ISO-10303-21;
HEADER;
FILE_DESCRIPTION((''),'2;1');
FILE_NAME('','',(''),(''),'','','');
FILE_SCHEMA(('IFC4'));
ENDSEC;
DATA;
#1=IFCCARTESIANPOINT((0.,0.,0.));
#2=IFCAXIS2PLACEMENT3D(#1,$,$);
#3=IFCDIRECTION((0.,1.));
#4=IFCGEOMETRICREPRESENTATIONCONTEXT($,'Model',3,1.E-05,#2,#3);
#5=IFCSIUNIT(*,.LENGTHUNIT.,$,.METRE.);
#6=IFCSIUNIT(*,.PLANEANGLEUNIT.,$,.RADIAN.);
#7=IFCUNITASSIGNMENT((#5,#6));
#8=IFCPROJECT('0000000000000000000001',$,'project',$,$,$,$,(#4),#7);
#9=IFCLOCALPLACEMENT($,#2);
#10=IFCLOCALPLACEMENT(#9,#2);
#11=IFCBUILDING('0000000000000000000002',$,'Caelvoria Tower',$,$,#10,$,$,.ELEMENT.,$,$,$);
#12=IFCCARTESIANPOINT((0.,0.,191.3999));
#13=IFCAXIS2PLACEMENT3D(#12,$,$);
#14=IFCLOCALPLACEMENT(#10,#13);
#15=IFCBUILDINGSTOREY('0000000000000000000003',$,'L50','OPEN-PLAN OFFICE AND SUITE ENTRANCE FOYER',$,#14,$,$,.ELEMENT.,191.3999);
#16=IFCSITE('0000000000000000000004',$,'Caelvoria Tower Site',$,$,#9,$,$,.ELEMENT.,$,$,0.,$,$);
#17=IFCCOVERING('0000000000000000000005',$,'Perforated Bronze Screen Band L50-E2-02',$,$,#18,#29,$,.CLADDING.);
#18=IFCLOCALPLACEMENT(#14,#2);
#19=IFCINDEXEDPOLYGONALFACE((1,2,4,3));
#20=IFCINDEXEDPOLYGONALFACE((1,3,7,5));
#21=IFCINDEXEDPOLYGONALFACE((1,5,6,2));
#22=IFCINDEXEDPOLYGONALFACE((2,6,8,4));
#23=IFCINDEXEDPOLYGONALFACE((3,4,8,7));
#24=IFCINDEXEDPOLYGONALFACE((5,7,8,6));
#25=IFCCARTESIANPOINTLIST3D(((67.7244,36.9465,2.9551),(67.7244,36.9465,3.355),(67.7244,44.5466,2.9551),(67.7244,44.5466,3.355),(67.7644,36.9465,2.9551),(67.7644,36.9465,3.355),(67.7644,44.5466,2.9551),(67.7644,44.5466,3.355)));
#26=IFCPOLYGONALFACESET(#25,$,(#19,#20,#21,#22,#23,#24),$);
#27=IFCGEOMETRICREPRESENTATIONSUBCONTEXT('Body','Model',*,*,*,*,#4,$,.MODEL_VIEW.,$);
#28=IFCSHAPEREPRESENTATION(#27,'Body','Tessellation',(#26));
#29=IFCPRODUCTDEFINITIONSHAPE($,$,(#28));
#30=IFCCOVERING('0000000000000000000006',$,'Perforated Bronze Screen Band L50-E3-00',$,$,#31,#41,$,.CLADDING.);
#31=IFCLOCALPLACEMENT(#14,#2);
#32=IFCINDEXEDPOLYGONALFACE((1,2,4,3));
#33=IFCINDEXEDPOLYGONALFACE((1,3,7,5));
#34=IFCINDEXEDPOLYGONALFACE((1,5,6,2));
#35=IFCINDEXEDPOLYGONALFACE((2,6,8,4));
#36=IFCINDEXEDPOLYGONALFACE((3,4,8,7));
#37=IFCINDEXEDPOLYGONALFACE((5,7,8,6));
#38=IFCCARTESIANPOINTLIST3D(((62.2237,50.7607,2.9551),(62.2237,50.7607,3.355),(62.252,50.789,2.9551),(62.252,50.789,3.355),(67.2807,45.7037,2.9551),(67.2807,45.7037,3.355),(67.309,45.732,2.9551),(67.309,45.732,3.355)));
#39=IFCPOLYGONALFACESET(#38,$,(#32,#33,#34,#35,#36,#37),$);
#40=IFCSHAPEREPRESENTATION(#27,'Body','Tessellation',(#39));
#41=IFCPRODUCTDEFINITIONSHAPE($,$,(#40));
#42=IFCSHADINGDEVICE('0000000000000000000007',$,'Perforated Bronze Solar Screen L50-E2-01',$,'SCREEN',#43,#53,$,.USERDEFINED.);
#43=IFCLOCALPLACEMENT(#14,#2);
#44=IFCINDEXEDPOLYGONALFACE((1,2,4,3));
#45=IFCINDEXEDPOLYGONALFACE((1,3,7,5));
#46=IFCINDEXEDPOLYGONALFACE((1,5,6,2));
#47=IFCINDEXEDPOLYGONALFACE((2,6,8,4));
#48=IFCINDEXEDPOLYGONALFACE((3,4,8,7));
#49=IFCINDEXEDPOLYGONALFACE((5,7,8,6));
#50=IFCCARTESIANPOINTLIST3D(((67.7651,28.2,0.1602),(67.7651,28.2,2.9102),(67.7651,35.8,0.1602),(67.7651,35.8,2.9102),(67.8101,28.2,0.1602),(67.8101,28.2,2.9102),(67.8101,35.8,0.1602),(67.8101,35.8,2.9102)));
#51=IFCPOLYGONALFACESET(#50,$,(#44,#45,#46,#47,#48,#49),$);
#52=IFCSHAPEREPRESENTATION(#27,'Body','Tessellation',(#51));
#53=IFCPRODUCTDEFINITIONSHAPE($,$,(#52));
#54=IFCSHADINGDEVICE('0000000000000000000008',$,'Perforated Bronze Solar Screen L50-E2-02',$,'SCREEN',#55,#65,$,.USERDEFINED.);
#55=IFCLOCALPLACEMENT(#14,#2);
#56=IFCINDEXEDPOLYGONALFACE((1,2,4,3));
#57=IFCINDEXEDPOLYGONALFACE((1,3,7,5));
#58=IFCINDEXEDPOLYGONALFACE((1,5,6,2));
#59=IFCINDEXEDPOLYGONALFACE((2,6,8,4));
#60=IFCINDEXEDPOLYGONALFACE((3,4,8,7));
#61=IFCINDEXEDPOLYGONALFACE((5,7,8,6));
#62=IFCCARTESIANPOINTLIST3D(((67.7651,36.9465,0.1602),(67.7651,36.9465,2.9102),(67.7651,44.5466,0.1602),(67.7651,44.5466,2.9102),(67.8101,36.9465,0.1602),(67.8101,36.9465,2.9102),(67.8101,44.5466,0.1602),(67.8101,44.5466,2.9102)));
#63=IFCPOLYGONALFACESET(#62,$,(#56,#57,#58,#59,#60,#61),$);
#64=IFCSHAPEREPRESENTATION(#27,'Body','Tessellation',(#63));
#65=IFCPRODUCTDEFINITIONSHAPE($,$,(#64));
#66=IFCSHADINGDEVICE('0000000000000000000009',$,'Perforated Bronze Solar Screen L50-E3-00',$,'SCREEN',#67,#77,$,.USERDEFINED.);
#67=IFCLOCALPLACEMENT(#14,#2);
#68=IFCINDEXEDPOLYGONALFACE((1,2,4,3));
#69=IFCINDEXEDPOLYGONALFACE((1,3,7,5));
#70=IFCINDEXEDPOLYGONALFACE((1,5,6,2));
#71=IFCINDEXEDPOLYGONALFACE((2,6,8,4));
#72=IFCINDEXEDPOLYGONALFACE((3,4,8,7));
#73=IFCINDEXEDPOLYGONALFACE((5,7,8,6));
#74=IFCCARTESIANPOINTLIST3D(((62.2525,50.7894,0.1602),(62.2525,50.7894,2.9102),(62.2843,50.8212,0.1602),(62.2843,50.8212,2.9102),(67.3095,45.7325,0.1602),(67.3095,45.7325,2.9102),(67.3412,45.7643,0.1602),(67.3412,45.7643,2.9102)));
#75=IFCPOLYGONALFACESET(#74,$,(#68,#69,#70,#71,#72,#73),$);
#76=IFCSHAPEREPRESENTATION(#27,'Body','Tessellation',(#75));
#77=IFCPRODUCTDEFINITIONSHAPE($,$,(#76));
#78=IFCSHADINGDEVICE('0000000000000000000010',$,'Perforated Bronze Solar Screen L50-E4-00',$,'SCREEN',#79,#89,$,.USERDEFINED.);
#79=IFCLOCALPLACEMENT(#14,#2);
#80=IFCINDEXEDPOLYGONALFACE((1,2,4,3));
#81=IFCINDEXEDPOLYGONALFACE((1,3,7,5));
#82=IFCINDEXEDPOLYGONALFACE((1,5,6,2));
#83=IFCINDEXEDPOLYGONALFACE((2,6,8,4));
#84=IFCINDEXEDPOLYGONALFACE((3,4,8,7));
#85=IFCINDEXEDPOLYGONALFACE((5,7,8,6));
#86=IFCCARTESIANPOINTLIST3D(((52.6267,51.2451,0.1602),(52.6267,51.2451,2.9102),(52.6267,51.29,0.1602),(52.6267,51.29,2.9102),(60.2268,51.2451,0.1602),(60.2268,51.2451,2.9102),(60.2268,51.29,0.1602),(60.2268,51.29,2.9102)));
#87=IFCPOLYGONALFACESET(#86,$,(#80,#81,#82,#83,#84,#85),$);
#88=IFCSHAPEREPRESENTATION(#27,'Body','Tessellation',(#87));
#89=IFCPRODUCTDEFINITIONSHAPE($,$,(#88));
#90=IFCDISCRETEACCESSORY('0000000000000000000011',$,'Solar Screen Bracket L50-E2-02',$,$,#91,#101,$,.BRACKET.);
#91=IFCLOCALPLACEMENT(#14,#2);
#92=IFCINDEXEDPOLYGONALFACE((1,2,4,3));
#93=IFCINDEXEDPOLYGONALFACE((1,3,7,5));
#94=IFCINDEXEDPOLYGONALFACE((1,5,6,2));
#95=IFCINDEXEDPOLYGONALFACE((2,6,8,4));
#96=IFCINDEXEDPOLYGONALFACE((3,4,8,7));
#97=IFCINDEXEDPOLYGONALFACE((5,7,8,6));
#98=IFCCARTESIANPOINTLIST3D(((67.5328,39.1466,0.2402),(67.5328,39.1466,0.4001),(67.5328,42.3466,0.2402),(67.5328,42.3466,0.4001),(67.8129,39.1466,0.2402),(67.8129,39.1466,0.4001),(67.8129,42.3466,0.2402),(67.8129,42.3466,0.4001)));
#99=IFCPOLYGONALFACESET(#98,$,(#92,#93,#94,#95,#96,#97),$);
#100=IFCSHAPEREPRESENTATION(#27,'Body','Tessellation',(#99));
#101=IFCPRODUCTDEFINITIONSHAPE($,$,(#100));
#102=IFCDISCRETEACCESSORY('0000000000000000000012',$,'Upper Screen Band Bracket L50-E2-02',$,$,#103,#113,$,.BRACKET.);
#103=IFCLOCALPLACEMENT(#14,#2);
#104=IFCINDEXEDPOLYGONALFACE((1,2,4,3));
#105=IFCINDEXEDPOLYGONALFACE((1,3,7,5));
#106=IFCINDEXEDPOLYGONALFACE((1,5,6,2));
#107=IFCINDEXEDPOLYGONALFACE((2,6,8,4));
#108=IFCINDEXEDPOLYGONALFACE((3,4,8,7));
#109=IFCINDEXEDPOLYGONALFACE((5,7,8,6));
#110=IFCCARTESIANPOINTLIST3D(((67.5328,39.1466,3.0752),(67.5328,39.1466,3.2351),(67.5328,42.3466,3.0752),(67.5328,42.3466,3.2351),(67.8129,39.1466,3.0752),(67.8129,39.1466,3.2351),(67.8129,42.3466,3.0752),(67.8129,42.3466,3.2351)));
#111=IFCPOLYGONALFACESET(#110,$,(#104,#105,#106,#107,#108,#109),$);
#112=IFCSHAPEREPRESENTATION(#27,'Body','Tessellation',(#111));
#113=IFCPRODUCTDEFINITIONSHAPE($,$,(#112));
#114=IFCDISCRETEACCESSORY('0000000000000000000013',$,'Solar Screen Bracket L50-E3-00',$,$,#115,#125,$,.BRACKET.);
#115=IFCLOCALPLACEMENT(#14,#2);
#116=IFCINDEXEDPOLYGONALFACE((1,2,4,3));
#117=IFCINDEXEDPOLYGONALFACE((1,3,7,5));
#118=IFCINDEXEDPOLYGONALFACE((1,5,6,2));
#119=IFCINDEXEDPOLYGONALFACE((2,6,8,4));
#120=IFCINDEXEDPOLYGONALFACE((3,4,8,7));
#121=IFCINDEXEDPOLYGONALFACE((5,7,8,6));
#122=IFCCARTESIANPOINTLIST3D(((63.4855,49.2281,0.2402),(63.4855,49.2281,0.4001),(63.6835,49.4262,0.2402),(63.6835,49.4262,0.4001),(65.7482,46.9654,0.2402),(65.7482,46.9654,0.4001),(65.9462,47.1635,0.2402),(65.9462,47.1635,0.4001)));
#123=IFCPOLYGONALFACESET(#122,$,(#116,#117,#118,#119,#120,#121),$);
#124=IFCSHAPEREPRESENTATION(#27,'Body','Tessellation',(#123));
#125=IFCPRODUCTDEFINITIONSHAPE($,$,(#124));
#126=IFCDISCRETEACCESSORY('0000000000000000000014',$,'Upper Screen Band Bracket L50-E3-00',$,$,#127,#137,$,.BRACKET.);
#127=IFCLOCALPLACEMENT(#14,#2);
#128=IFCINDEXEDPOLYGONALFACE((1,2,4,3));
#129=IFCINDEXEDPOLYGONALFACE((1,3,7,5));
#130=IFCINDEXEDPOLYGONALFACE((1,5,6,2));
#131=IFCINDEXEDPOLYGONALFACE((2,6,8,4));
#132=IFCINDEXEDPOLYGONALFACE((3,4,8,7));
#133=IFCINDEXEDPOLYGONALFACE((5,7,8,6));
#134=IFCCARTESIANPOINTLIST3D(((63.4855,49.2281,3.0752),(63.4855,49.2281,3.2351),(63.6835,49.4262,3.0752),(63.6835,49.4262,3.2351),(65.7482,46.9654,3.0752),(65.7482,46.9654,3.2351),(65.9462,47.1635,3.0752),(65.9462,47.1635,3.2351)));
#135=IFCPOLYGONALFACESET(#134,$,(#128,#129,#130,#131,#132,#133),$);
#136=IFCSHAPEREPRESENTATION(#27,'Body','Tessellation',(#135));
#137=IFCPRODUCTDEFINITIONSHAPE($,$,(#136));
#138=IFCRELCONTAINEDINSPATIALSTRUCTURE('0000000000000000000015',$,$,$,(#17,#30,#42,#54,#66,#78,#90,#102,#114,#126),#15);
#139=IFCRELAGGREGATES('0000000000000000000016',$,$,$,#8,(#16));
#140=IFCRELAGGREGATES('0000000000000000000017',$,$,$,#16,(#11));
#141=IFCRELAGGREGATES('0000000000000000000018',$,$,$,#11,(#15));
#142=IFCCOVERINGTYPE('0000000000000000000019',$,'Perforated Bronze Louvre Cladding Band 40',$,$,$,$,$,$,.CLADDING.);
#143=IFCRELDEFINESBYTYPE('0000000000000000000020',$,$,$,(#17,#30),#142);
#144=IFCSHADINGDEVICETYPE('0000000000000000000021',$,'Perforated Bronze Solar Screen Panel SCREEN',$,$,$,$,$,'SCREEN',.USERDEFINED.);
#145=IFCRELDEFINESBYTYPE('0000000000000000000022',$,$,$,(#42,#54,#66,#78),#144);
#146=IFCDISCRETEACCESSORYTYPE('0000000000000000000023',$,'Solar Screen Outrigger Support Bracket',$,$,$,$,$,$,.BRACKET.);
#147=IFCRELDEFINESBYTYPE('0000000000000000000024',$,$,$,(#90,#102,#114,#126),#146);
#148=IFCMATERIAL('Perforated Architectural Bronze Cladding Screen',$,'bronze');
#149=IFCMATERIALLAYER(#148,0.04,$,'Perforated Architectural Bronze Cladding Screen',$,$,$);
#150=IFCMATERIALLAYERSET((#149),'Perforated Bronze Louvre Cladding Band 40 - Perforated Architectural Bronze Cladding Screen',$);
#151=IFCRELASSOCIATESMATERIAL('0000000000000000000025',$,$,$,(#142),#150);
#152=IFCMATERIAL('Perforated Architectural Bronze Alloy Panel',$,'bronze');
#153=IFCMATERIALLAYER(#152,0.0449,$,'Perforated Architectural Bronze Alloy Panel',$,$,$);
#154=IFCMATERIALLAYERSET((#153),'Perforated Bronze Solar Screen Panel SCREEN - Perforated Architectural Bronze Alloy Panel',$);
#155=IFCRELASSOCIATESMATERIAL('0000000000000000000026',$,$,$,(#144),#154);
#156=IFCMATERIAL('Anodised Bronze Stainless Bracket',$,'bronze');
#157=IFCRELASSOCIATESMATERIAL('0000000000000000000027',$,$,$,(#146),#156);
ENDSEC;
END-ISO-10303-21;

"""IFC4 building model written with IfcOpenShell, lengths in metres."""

from ifc_helpers import new_model, si_unit, direction, frame, origin, origin_2d, place, context, subcontext, project, spatial, rectangle, extrude, material, layer, layer_set, type_object, element, save


model = new_model("IFC4")

# Units and contexts
model_context = context("Model", 3, precision=1e-05, world=origin(), true_north=direction((0.0, 1.0)))
body_context = subcontext(model_context, "Body", "Model", "MODEL_VIEW")
ifc_project = project(units=[si_unit("LENGTHUNIT", "METRE"), si_unit("PLANEANGLEUNIT", "RADIAN")], contexts=[model_context])

# Site, building, storey
site_placement = place(None, origin())
site = spatial("IfcSite", under=ifc_project, at=site_placement, Name="Caelvoria Tower Site", CompositionType="ELEMENT", RefElevation=0.0)
building_placement = place(site_placement, origin())
building = spatial("IfcBuilding", under=site, at=building_placement, Name="Caelvoria Tower", CompositionType="ELEMENT")
storey_placement = place(building_placement, frame((0.0, 0.0, 191.3999)))
storey = spatial("IfcBuildingStorey", under=building, at=storey_placement, Name="L50", Description="OPEN-PLAN OFFICE AND SUITE ENTRANCE FOYER", CompositionType="ELEMENT", Elevation=191.3999)

# Coverings
ifc_material_1 = material(Name="Perforated Architectural Bronze Cladding Screen", Category="bronze")
ifc_layer_1 = layer(ifc_material_1, 0.04, Name="Perforated Architectural Bronze Cladding Screen")
ifc_layer_set_1 = layer_set([ifc_layer_1], Name="Perforated Bronze Louvre Cladding Band 40 - Perforated Architectural Bronze Cladding Screen")
covering_type = type_object("IfcCoveringType", Name="Perforated Bronze Louvre Cladding Band 40", PredefinedType="CLADDING", material=ifc_layer_set_1)
covering_1_placement = place(storey_placement, frame((67.7444, 40.7466, 2.9551), z_axis=(0.0, 0.0, 1.0), x_axis=(0.0, 1.0, 0.0)))
element("IfcCovering", 1, at=covering_1_placement, inside=storey, type_object=covering_type, Name="Perforated Bronze Screen Band L50-E2-02", PredefinedType="CLADDING", context=body_context, shape_type="SweptSolid", body=[
    extrude(rectangle(XDim=7.6001, YDim=0.04, at=origin_2d()), origin(), (0.0, 0.0, 1.0), 0.3999),
])
covering_2_placement = place(storey_placement, frame((64.7664, 48.2463, 2.9551), z_axis=(0.0, 0.0, 1.0), x_axis=(-0.707107, 0.707107, 0.0)))
element("IfcCovering", 2, at=covering_2_placement, inside=storey, type_object=covering_type, Name="Perforated Bronze Screen Band L50-E3-00", PredefinedType="CLADDING", context=body_context, shape_type="SweptSolid", body=[
    extrude(rectangle(XDim=7.1516, YDim=0.04, at=origin_2d()), origin(), (0.0, 0.0, 1.0), 0.3999),
])

# Shading devices
ifc_material_2 = material(Name="Perforated Architectural Bronze Alloy Panel", Category="bronze")
ifc_layer_2 = layer(ifc_material_2, 0.0449, Name="Perforated Architectural Bronze Alloy Panel")
ifc_layer_set_2 = layer_set([ifc_layer_2], Name="Perforated Bronze Solar Screen Panel SCREEN - Perforated Architectural Bronze Alloy Panel")
shading_device_type = type_object("IfcShadingDeviceType", Name="Perforated Bronze Solar Screen Panel SCREEN", ElementType="SCREEN", PredefinedType="USERDEFINED", material=ifc_layer_set_2)
for number, where, z_axis, x_axis, name in (
    (3, (67.7876, 32.0, 0.1602), (0.0, 0.0, 1.0), (0.0, 1.0, 0.0), "Perforated Bronze Solar Screen L50-E2-01"),
    (4, (67.7876, 40.7466, 0.1602), (0.0, 0.0, 1.0), (0.0, 1.0, 0.0), "Perforated Bronze Solar Screen L50-E2-02"),
):
    element("IfcShadingDevice", number, at=place(storey_placement, frame(where, z_axis=z_axis, x_axis=x_axis)), inside=storey, type_object=shading_device_type, Name=name, ObjectType="SCREEN", PredefinedType="USERDEFINED", context=body_context, shape_type="SweptSolid", body=[
        extrude(rectangle(XDim=7.6001, YDim=0.0449, at=origin_2d()), origin(), (0.0, 0.0, 1.0), 2.75),
    ])
shading_device_1_placement = place(storey_placement, frame((64.7969, 48.2769, 0.1602), z_axis=(0.0, 0.0, 1.0), x_axis=(-0.707107, 0.707107, 0.0)))
element("IfcShadingDevice", 5, at=shading_device_1_placement, inside=storey, type_object=shading_device_type, Name="Perforated Bronze Solar Screen L50-E3-00", ObjectType="SCREEN", PredefinedType="USERDEFINED", context=body_context, shape_type="SweptSolid", body=[
    extrude(rectangle(XDim=7.1516, YDim=0.0449, at=origin_2d()), origin(), (0.0, 0.0, 1.0), 2.75),
])
shading_device_2_placement = place(storey_placement, frame((56.4268, 51.2676, 0.1602), z_axis=(0.0, 0.0, 1.0), x_axis=(-1.0, 0.0, 0.0)))
element("IfcShadingDevice", 6, at=shading_device_2_placement, inside=storey, type_object=shading_device_type, Name="Perforated Bronze Solar Screen L50-E4-00", ObjectType="SCREEN", PredefinedType="USERDEFINED", context=body_context, shape_type="SweptSolid", body=[
    extrude(rectangle(XDim=7.6001, YDim=0.0449, at=origin_2d()), origin(), (0.0, 0.0, 1.0), 2.75),
])

# Discrete accessories
ifc_material_3 = material(Name="Anodised Bronze Stainless Bracket", Category="bronze")
discrete_accessory_type = type_object("IfcDiscreteAccessoryType", Name="Solar Screen Outrigger Support Bracket", PredefinedType="BRACKET", material=ifc_material_3)
for number, where, z_axis, x_axis, name in (
    (7, (67.6729, 40.7466, 0.2402), (0.0, 0.0, 1.0), (0.0, 1.0, 0.0), "Solar Screen Bracket L50-E2-02"),
    (8, (67.6729, 40.7466, 3.0752), (0.0, 0.0, 1.0), (0.0, 1.0, 0.0), "Upper Screen Band Bracket L50-E2-02"),
    (9, (64.7158, 48.1958, 0.2402), (0.0, 0.0, 1.0), (-0.707107, 0.707107, 0.0), "Solar Screen Bracket L50-E3-00"),
    (10, (64.7158, 48.1958, 3.0752), (0.0, 0.0, 1.0), (-0.707107, 0.707107, 0.0), "Upper Screen Band Bracket L50-E3-00"),
):
    element("IfcDiscreteAccessory", number, at=place(storey_placement, frame(where, z_axis=z_axis, x_axis=x_axis)), inside=storey, type_object=discrete_accessory_type, Name=name, PredefinedType="BRACKET", context=body_context, shape_type="SweptSolid", body=[
        extrude(rectangle(XDim=3.2, YDim=0.28, at=origin_2d()), origin(), (0.0, 0.0, 1.0), 0.1599),
    ])

save(model, "model.ifc")
